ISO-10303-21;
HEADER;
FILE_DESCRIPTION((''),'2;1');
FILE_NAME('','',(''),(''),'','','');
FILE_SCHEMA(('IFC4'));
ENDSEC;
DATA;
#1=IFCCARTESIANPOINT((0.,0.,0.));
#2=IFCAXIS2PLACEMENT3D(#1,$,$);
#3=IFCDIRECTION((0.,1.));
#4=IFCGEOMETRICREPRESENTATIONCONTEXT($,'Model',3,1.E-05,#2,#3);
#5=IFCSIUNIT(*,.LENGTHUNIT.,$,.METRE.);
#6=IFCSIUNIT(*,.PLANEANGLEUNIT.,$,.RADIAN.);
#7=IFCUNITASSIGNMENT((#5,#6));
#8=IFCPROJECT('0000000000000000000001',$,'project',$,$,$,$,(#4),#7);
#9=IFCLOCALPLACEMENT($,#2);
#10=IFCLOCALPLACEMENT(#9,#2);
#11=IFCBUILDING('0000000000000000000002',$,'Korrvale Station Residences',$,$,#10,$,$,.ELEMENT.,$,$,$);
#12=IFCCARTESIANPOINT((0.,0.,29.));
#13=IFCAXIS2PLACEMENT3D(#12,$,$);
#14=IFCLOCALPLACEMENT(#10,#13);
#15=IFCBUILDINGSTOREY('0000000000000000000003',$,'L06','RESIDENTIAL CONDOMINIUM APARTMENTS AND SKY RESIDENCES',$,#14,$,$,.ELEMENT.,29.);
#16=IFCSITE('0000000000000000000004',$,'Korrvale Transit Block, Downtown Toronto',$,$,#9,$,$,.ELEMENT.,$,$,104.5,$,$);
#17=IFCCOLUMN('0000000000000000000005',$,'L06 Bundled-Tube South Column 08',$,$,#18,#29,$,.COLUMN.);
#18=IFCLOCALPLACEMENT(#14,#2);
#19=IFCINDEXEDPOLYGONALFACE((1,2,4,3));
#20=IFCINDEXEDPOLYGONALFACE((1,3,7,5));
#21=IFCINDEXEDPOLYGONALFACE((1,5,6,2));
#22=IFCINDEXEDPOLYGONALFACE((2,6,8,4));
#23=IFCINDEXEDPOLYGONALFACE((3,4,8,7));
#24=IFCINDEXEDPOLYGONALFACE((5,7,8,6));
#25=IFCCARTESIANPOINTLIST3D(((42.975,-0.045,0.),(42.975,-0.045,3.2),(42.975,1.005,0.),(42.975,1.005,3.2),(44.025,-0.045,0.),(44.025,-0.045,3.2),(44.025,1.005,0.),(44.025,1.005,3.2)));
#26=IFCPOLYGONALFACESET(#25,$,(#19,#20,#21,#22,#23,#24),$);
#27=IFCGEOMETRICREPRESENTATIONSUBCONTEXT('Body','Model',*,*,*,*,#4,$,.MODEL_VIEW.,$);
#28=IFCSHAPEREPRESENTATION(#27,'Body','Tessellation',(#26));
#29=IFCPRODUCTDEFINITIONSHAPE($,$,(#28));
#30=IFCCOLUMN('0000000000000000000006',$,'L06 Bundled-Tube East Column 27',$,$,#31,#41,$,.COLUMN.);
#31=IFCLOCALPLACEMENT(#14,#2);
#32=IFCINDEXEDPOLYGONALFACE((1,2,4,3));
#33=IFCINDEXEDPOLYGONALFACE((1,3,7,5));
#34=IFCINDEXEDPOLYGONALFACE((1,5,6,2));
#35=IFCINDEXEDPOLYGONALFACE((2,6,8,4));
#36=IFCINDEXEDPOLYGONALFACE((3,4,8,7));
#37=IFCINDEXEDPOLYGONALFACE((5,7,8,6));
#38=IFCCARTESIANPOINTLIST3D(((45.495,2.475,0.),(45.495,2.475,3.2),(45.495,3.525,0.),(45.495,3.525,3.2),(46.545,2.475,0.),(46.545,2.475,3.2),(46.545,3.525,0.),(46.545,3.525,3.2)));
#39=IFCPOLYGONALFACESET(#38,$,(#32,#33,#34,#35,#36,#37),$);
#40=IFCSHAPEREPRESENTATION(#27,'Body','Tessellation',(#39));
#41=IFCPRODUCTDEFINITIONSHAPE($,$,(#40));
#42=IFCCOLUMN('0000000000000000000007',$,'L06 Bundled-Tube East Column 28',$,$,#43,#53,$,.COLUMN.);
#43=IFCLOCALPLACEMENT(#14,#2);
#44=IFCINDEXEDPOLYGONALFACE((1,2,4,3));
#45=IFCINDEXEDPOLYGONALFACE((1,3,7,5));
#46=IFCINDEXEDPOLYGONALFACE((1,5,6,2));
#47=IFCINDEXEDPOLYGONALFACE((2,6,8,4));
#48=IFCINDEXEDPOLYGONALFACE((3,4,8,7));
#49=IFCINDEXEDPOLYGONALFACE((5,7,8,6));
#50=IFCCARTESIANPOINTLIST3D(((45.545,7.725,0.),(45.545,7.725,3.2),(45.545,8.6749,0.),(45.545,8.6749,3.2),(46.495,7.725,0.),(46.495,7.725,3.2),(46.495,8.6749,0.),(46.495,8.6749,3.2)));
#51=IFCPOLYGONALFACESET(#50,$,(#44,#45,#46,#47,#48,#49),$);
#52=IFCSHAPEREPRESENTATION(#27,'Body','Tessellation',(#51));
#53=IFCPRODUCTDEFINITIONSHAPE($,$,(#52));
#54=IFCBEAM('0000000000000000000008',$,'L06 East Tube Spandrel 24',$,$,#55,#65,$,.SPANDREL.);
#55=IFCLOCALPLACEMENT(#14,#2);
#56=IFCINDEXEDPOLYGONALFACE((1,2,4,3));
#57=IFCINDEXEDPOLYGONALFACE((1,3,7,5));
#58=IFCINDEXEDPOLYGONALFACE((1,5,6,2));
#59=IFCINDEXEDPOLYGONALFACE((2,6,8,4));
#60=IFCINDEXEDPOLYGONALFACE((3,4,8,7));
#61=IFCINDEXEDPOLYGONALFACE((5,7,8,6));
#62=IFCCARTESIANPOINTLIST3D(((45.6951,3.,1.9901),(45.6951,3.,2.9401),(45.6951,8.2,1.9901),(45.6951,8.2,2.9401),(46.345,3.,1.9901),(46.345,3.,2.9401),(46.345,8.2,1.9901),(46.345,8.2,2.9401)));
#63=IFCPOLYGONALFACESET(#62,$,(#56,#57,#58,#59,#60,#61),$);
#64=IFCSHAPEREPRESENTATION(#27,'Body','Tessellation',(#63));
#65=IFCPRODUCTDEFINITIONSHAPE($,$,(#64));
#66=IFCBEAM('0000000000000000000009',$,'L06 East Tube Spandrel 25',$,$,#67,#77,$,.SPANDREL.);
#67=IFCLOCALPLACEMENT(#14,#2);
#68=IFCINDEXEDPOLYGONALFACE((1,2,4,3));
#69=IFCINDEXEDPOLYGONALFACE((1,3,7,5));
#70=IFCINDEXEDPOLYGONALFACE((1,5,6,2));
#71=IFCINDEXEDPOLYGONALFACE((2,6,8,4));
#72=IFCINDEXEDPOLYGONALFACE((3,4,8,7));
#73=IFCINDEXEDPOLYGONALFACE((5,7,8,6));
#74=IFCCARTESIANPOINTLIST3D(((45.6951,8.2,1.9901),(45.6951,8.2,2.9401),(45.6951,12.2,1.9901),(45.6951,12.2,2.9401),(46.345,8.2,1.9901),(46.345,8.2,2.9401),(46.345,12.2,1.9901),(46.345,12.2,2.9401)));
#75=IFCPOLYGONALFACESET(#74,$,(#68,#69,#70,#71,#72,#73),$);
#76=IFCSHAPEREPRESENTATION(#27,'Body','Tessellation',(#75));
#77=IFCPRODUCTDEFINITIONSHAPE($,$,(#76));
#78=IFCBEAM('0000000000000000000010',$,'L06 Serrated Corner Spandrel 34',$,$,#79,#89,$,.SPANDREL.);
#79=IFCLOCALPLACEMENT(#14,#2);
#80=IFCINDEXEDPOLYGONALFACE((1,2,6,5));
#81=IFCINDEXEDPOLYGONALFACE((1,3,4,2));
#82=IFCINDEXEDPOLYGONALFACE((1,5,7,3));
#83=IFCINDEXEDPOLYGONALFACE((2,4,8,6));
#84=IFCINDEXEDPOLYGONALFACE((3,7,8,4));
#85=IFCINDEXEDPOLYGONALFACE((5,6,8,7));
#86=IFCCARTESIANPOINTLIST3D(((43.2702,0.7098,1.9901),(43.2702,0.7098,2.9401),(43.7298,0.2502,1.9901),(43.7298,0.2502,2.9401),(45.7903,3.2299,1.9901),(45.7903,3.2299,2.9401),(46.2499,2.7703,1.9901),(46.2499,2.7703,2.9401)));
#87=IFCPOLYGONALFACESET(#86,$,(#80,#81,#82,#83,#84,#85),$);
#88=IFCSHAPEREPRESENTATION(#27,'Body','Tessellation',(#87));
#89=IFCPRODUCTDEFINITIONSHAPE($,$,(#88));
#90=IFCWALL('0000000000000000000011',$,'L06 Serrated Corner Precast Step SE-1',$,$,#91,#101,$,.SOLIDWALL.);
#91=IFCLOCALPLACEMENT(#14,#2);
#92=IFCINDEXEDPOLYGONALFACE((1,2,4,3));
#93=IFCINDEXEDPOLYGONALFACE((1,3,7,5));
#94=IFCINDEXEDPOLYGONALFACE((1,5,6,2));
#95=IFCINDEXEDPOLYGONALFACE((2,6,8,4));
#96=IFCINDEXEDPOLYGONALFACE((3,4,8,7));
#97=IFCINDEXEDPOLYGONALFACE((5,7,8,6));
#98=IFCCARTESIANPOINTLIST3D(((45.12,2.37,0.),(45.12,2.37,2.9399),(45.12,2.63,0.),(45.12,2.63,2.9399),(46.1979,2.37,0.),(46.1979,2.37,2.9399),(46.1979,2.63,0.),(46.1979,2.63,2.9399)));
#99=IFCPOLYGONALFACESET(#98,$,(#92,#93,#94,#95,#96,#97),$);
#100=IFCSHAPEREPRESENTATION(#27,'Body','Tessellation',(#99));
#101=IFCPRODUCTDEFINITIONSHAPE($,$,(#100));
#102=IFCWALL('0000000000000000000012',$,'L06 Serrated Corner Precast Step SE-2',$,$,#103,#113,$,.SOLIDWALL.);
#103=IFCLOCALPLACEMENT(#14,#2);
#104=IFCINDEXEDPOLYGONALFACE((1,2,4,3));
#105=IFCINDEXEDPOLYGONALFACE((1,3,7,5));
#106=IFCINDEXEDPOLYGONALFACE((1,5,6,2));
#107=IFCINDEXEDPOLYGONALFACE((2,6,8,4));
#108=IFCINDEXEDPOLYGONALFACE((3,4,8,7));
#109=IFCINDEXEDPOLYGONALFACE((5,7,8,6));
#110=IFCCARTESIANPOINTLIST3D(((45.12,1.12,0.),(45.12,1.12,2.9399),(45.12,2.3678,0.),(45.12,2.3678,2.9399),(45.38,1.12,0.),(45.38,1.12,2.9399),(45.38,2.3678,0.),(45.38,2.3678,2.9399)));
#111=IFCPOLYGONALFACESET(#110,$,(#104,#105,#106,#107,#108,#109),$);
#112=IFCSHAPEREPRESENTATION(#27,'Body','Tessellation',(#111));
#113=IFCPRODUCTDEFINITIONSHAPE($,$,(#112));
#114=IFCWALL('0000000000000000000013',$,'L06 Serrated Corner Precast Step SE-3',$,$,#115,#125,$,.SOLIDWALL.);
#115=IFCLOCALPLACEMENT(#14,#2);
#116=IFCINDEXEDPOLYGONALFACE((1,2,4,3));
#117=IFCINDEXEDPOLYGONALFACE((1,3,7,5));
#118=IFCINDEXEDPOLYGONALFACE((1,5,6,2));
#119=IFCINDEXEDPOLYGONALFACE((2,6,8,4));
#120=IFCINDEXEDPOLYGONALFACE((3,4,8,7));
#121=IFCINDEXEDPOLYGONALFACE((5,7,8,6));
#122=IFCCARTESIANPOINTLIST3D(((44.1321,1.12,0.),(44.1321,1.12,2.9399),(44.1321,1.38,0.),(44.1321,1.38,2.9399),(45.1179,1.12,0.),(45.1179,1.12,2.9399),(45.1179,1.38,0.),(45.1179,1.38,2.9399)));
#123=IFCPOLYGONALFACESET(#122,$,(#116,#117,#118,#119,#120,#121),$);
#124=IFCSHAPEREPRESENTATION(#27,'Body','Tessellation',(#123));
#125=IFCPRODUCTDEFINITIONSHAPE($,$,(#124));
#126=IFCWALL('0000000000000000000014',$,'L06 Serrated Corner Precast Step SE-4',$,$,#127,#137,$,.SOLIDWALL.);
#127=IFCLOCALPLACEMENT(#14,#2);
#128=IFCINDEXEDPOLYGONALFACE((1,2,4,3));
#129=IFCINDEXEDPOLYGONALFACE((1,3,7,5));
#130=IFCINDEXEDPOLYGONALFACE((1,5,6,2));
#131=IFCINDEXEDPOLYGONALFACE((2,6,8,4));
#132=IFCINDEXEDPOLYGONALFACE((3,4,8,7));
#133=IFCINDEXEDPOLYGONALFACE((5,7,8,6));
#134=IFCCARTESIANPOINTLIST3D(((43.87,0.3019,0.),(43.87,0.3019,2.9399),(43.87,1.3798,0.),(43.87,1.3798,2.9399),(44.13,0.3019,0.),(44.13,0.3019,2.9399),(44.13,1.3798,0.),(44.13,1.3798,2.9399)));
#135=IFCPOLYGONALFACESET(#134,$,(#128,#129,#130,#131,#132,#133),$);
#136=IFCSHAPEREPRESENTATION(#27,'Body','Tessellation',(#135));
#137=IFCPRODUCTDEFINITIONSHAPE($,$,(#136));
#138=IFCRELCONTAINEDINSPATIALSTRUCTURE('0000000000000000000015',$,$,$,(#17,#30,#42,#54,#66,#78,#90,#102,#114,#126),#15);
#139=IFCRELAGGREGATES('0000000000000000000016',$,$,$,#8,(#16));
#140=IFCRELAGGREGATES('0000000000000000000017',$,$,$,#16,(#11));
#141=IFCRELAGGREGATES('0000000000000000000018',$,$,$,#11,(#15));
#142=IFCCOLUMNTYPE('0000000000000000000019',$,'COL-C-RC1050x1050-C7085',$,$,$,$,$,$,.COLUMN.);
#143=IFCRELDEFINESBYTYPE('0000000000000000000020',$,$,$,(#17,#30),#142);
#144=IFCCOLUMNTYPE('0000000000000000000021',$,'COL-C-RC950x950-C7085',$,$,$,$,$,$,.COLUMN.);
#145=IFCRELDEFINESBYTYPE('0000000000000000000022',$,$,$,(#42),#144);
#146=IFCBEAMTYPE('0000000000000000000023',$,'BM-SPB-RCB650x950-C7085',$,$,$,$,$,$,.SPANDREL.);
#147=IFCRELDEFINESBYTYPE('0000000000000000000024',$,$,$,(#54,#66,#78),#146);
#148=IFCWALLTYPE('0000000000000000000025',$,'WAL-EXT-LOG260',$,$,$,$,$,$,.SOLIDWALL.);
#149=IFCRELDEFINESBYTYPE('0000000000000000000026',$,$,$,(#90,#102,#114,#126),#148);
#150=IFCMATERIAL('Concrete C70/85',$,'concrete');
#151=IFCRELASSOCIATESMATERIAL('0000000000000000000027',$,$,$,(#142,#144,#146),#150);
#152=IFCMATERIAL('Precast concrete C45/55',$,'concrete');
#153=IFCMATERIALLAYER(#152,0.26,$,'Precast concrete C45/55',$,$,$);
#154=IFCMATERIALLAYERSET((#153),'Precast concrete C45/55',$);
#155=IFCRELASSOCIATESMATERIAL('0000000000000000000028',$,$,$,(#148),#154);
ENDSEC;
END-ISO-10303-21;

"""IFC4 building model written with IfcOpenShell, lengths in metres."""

from ifc_helpers import new_model, si_unit, direction, frame, frame_2d, origin, origin_2d, place, context, subcontext, project, spatial, rectangle, extrude, material, layer, layer_set, material_profile, profile_set, type_object, element, save


model = new_model("IFC4")

# Units and contexts
model_context = context("Model", 3, precision=1e-05, world=origin(), true_north=direction((0.0, 1.0)))
body_context = subcontext(model_context, "Body", "Model", "MODEL_VIEW")
ifc_project = project(units=[si_unit("LENGTHUNIT", "METRE"), si_unit("PLANEANGLEUNIT", "RADIAN")], contexts=[model_context])

# Site, building, storey
site_placement = place(None, origin())
site = spatial("IfcSite", under=ifc_project, at=site_placement, Name="Korrvale Transit Block, Downtown Toronto", CompositionType="ELEMENT", RefElevation=104.5)
building_placement = place(site_placement, origin())
building = spatial("IfcBuilding", under=site, at=building_placement, Name="Korrvale Station Residences", CompositionType="ELEMENT")
storey_placement = place(building_placement, frame((0.0, 0.0, 29.0)))
storey = spatial("IfcBuildingStorey", under=building, at=storey_placement, Name="L06", Description="RESIDENTIAL CONDOMINIUM APARTMENTS AND SKY RESIDENCES", CompositionType="ELEMENT", Elevation=29.0)

# Columns
ifc_material_1 = material(Name="Concrete C70/85", Category="concrete")
ifc_material_profile_1 = material_profile(ifc_material_1, rectangle(XDim=1.05, YDim=1.05, at=origin_2d()), Name="RC1050x1050")
ifc_profile_set_1 = profile_set([ifc_material_profile_1], Name="Concrete C70/85")
column_type_1 = type_object("IfcColumnType", Name="COL-C-RC1050x1050-C7085", PredefinedType="COLUMN", material=ifc_profile_set_1)
for number, where, z_axis, x_axis, name in (
    (1, (43.5, 0.48, 0.0), (0.0, 0.0, 1.0), (1.0, 0.0, 0.0), "L06 Bundled-Tube South Column 08"),
    (2, (46.02, 3.0, 0.0), (0.0, 0.0, 1.0), (1.0, 0.0, 0.0), "L06 Bundled-Tube East Column 27"),
):
    element("IfcColumn", number, at=place(storey_placement, frame(where, z_axis=z_axis, x_axis=x_axis)), inside=storey, type_object=column_type_1, Name=name, PredefinedType="COLUMN", context=body_context, shape_type="SweptSolid", body=[
        extrude(rectangle(XDim=1.05, YDim=1.05, at=origin_2d()), origin(), (0.0, 0.0, 1.0), 3.2),
    ])
ifc_material_profile_2 = material_profile(ifc_material_1, rectangle(XDim=0.95, YDim=0.95, at=origin_2d()), Name="RC950x950")
ifc_profile_set_2 = profile_set([ifc_material_profile_2], Name="Concrete C70/85")
column_type_2 = type_object("IfcColumnType", Name="COL-C-RC950x950-C7085", PredefinedType="COLUMN", material=ifc_profile_set_2)
column_placement = place(storey_placement, frame((46.02, 8.2, 0.0), z_axis=(0.0, 0.0, 1.0), x_axis=(1.0, 0.0, 0.0)))
element("IfcColumn", 3, at=column_placement, inside=storey, type_object=column_type_2, Name="L06 Bundled-Tube East Column 28", PredefinedType="COLUMN", context=body_context, shape_type="SweptSolid", body=[
    extrude(rectangle(XDim=0.95, YDim=0.95, at=origin_2d()), origin(), (0.0, 0.0, 1.0), 3.2),
])

# Beams
ifc_material_profile_3 = material_profile(ifc_material_1, rectangle(XDim=0.6499, YDim=0.95, at=origin_2d()), Name="RCB650x950")
ifc_profile_set_3 = profile_set([ifc_material_profile_3], Name="Concrete C70/85")
beam_type = type_object("IfcBeamType", Name="BM-SPB-RCB650x950-C7085", PredefinedType="SPANDREL", material=ifc_profile_set_3)
beam_1_placement = place(storey_placement, frame((46.02, 3.0, 2.4651), z_axis=(0.0, 1.0, 0.0), x_axis=(-1.0, 0.0, 0.0)))
element("IfcBeam", 4, at=beam_1_placement, inside=storey, type_object=beam_type, Name="L06 East Tube Spandrel 24", PredefinedType="SPANDREL", context=body_context, shape_type="SweptSolid", body=[
    extrude(rectangle(XDim=0.6499, YDim=0.95, at=origin_2d()), origin(), (0.0, 0.0, 1.0), 5.2),
])
beam_2_placement = place(storey_placement, frame((46.02, 8.2, 2.4651), z_axis=(0.0, 1.0, 0.0), x_axis=(-1.0, 0.0, 0.0)))
element("IfcBeam", 5, at=beam_2_placement, inside=storey, type_object=beam_type, Name="L06 East Tube Spandrel 25", PredefinedType="SPANDREL", context=body_context, shape_type="SweptSolid", body=[
    extrude(rectangle(XDim=0.6499, YDim=0.95, at=origin_2d()), origin(), (0.0, 0.0, 1.0), 4.0),
])
beam_3_placement = place(storey_placement, frame((43.5, 0.48, 2.4651), z_axis=(0.707107, 0.707107, 0.0), x_axis=(-0.707107, 0.707107, 0.0)))
element("IfcBeam", 6, at=beam_3_placement, inside=storey, type_object=beam_type, Name="L06 Serrated Corner Spandrel 34", PredefinedType="SPANDREL", context=body_context, shape_type="SweptSolid", body=[
    extrude(rectangle(XDim=0.6499, YDim=0.95, at=origin_2d()), origin(), (0.0, 0.0, 1.0), 3.564),
])

# Walls
ifc_material_2 = material(Name="Precast concrete C45/55", Category="concrete")
ifc_layer_1 = layer(ifc_material_2, 0.26, Name="Precast concrete C45/55")
ifc_layer_set_1 = layer_set([ifc_layer_1], Name="Precast concrete C45/55")
wall_type_1 = type_object("IfcWallType", Name="WAL-EXT-LOG260", PredefinedType="SOLIDWALL", material=ifc_layer_set_1)
wall_1_placement = place(storey_placement, frame((46.198, 2.5, 0.0), z_axis=(0.0, 0.0, 1.0), x_axis=(-1.0, 0.0, 0.0)))
element("IfcWall", 7, at=wall_1_placement, inside=storey, type_object=wall_type_1, Name="L06 Serrated Corner Precast Step SE-1", PredefinedType="SOLIDWALL", context=body_context, shape_type="SweptSolid", body=[
    extrude(rectangle(XDim=1.0779, YDim=0.26, at=frame_2d((0.5391, 0.0))), origin(), (0.0, 0.0, 1.0), 2.9399),
])
wall_2_placement = place(storey_placement, frame((45.25, 2.3679, 0.0), z_axis=(0.0, 0.0, 1.0), x_axis=(0.0, -1.0, 0.0)))
element("IfcWall", 8, at=wall_2_placement, inside=storey, type_object=wall_type_1, Name="L06 Serrated Corner Precast Step SE-2", PredefinedType="SOLIDWALL", context=body_context, shape_type="SweptSolid", body=[
    extrude(rectangle(XDim=1.2478, YDim=0.26, at=frame_2d((0.624, 0.0))), origin(), (0.0, 0.0, 1.0), 2.9399),
])
wall_3_placement = place(storey_placement, frame((45.1179, 1.25, 0.0), z_axis=(0.0, 0.0, 1.0), x_axis=(-1.0, 0.0, 0.0)))
element("IfcWall", 9, at=wall_3_placement, inside=storey, type_object=wall_type_1, Name="L06 Serrated Corner Precast Step SE-3", PredefinedType="SOLIDWALL", context=body_context, shape_type="SweptSolid", body=[
    extrude(rectangle(XDim=0.9858, YDim=0.26, at=frame_2d((0.4929, 0.0))), origin(), (0.0, 0.0, 1.0), 2.9399),
])
wall_4_placement = place(storey_placement, frame((44.0, 1.3799, 0.0), z_axis=(0.0, 0.0, 1.0), x_axis=(0.0, -1.0, 0.0)))
element("IfcWall", 10, at=wall_4_placement, inside=storey, type_object=wall_type_1, Name="L06 Serrated Corner Precast Step SE-4", PredefinedType="SOLIDWALL", context=body_context, shape_type="SweptSolid", body=[
    extrude(rectangle(XDim=1.0779, YDim=0.26, at=frame_2d((0.5391, 0.0))), origin(), (0.0, 0.0, 1.0), 2.9399),
])

save(model, "model.ifc")
